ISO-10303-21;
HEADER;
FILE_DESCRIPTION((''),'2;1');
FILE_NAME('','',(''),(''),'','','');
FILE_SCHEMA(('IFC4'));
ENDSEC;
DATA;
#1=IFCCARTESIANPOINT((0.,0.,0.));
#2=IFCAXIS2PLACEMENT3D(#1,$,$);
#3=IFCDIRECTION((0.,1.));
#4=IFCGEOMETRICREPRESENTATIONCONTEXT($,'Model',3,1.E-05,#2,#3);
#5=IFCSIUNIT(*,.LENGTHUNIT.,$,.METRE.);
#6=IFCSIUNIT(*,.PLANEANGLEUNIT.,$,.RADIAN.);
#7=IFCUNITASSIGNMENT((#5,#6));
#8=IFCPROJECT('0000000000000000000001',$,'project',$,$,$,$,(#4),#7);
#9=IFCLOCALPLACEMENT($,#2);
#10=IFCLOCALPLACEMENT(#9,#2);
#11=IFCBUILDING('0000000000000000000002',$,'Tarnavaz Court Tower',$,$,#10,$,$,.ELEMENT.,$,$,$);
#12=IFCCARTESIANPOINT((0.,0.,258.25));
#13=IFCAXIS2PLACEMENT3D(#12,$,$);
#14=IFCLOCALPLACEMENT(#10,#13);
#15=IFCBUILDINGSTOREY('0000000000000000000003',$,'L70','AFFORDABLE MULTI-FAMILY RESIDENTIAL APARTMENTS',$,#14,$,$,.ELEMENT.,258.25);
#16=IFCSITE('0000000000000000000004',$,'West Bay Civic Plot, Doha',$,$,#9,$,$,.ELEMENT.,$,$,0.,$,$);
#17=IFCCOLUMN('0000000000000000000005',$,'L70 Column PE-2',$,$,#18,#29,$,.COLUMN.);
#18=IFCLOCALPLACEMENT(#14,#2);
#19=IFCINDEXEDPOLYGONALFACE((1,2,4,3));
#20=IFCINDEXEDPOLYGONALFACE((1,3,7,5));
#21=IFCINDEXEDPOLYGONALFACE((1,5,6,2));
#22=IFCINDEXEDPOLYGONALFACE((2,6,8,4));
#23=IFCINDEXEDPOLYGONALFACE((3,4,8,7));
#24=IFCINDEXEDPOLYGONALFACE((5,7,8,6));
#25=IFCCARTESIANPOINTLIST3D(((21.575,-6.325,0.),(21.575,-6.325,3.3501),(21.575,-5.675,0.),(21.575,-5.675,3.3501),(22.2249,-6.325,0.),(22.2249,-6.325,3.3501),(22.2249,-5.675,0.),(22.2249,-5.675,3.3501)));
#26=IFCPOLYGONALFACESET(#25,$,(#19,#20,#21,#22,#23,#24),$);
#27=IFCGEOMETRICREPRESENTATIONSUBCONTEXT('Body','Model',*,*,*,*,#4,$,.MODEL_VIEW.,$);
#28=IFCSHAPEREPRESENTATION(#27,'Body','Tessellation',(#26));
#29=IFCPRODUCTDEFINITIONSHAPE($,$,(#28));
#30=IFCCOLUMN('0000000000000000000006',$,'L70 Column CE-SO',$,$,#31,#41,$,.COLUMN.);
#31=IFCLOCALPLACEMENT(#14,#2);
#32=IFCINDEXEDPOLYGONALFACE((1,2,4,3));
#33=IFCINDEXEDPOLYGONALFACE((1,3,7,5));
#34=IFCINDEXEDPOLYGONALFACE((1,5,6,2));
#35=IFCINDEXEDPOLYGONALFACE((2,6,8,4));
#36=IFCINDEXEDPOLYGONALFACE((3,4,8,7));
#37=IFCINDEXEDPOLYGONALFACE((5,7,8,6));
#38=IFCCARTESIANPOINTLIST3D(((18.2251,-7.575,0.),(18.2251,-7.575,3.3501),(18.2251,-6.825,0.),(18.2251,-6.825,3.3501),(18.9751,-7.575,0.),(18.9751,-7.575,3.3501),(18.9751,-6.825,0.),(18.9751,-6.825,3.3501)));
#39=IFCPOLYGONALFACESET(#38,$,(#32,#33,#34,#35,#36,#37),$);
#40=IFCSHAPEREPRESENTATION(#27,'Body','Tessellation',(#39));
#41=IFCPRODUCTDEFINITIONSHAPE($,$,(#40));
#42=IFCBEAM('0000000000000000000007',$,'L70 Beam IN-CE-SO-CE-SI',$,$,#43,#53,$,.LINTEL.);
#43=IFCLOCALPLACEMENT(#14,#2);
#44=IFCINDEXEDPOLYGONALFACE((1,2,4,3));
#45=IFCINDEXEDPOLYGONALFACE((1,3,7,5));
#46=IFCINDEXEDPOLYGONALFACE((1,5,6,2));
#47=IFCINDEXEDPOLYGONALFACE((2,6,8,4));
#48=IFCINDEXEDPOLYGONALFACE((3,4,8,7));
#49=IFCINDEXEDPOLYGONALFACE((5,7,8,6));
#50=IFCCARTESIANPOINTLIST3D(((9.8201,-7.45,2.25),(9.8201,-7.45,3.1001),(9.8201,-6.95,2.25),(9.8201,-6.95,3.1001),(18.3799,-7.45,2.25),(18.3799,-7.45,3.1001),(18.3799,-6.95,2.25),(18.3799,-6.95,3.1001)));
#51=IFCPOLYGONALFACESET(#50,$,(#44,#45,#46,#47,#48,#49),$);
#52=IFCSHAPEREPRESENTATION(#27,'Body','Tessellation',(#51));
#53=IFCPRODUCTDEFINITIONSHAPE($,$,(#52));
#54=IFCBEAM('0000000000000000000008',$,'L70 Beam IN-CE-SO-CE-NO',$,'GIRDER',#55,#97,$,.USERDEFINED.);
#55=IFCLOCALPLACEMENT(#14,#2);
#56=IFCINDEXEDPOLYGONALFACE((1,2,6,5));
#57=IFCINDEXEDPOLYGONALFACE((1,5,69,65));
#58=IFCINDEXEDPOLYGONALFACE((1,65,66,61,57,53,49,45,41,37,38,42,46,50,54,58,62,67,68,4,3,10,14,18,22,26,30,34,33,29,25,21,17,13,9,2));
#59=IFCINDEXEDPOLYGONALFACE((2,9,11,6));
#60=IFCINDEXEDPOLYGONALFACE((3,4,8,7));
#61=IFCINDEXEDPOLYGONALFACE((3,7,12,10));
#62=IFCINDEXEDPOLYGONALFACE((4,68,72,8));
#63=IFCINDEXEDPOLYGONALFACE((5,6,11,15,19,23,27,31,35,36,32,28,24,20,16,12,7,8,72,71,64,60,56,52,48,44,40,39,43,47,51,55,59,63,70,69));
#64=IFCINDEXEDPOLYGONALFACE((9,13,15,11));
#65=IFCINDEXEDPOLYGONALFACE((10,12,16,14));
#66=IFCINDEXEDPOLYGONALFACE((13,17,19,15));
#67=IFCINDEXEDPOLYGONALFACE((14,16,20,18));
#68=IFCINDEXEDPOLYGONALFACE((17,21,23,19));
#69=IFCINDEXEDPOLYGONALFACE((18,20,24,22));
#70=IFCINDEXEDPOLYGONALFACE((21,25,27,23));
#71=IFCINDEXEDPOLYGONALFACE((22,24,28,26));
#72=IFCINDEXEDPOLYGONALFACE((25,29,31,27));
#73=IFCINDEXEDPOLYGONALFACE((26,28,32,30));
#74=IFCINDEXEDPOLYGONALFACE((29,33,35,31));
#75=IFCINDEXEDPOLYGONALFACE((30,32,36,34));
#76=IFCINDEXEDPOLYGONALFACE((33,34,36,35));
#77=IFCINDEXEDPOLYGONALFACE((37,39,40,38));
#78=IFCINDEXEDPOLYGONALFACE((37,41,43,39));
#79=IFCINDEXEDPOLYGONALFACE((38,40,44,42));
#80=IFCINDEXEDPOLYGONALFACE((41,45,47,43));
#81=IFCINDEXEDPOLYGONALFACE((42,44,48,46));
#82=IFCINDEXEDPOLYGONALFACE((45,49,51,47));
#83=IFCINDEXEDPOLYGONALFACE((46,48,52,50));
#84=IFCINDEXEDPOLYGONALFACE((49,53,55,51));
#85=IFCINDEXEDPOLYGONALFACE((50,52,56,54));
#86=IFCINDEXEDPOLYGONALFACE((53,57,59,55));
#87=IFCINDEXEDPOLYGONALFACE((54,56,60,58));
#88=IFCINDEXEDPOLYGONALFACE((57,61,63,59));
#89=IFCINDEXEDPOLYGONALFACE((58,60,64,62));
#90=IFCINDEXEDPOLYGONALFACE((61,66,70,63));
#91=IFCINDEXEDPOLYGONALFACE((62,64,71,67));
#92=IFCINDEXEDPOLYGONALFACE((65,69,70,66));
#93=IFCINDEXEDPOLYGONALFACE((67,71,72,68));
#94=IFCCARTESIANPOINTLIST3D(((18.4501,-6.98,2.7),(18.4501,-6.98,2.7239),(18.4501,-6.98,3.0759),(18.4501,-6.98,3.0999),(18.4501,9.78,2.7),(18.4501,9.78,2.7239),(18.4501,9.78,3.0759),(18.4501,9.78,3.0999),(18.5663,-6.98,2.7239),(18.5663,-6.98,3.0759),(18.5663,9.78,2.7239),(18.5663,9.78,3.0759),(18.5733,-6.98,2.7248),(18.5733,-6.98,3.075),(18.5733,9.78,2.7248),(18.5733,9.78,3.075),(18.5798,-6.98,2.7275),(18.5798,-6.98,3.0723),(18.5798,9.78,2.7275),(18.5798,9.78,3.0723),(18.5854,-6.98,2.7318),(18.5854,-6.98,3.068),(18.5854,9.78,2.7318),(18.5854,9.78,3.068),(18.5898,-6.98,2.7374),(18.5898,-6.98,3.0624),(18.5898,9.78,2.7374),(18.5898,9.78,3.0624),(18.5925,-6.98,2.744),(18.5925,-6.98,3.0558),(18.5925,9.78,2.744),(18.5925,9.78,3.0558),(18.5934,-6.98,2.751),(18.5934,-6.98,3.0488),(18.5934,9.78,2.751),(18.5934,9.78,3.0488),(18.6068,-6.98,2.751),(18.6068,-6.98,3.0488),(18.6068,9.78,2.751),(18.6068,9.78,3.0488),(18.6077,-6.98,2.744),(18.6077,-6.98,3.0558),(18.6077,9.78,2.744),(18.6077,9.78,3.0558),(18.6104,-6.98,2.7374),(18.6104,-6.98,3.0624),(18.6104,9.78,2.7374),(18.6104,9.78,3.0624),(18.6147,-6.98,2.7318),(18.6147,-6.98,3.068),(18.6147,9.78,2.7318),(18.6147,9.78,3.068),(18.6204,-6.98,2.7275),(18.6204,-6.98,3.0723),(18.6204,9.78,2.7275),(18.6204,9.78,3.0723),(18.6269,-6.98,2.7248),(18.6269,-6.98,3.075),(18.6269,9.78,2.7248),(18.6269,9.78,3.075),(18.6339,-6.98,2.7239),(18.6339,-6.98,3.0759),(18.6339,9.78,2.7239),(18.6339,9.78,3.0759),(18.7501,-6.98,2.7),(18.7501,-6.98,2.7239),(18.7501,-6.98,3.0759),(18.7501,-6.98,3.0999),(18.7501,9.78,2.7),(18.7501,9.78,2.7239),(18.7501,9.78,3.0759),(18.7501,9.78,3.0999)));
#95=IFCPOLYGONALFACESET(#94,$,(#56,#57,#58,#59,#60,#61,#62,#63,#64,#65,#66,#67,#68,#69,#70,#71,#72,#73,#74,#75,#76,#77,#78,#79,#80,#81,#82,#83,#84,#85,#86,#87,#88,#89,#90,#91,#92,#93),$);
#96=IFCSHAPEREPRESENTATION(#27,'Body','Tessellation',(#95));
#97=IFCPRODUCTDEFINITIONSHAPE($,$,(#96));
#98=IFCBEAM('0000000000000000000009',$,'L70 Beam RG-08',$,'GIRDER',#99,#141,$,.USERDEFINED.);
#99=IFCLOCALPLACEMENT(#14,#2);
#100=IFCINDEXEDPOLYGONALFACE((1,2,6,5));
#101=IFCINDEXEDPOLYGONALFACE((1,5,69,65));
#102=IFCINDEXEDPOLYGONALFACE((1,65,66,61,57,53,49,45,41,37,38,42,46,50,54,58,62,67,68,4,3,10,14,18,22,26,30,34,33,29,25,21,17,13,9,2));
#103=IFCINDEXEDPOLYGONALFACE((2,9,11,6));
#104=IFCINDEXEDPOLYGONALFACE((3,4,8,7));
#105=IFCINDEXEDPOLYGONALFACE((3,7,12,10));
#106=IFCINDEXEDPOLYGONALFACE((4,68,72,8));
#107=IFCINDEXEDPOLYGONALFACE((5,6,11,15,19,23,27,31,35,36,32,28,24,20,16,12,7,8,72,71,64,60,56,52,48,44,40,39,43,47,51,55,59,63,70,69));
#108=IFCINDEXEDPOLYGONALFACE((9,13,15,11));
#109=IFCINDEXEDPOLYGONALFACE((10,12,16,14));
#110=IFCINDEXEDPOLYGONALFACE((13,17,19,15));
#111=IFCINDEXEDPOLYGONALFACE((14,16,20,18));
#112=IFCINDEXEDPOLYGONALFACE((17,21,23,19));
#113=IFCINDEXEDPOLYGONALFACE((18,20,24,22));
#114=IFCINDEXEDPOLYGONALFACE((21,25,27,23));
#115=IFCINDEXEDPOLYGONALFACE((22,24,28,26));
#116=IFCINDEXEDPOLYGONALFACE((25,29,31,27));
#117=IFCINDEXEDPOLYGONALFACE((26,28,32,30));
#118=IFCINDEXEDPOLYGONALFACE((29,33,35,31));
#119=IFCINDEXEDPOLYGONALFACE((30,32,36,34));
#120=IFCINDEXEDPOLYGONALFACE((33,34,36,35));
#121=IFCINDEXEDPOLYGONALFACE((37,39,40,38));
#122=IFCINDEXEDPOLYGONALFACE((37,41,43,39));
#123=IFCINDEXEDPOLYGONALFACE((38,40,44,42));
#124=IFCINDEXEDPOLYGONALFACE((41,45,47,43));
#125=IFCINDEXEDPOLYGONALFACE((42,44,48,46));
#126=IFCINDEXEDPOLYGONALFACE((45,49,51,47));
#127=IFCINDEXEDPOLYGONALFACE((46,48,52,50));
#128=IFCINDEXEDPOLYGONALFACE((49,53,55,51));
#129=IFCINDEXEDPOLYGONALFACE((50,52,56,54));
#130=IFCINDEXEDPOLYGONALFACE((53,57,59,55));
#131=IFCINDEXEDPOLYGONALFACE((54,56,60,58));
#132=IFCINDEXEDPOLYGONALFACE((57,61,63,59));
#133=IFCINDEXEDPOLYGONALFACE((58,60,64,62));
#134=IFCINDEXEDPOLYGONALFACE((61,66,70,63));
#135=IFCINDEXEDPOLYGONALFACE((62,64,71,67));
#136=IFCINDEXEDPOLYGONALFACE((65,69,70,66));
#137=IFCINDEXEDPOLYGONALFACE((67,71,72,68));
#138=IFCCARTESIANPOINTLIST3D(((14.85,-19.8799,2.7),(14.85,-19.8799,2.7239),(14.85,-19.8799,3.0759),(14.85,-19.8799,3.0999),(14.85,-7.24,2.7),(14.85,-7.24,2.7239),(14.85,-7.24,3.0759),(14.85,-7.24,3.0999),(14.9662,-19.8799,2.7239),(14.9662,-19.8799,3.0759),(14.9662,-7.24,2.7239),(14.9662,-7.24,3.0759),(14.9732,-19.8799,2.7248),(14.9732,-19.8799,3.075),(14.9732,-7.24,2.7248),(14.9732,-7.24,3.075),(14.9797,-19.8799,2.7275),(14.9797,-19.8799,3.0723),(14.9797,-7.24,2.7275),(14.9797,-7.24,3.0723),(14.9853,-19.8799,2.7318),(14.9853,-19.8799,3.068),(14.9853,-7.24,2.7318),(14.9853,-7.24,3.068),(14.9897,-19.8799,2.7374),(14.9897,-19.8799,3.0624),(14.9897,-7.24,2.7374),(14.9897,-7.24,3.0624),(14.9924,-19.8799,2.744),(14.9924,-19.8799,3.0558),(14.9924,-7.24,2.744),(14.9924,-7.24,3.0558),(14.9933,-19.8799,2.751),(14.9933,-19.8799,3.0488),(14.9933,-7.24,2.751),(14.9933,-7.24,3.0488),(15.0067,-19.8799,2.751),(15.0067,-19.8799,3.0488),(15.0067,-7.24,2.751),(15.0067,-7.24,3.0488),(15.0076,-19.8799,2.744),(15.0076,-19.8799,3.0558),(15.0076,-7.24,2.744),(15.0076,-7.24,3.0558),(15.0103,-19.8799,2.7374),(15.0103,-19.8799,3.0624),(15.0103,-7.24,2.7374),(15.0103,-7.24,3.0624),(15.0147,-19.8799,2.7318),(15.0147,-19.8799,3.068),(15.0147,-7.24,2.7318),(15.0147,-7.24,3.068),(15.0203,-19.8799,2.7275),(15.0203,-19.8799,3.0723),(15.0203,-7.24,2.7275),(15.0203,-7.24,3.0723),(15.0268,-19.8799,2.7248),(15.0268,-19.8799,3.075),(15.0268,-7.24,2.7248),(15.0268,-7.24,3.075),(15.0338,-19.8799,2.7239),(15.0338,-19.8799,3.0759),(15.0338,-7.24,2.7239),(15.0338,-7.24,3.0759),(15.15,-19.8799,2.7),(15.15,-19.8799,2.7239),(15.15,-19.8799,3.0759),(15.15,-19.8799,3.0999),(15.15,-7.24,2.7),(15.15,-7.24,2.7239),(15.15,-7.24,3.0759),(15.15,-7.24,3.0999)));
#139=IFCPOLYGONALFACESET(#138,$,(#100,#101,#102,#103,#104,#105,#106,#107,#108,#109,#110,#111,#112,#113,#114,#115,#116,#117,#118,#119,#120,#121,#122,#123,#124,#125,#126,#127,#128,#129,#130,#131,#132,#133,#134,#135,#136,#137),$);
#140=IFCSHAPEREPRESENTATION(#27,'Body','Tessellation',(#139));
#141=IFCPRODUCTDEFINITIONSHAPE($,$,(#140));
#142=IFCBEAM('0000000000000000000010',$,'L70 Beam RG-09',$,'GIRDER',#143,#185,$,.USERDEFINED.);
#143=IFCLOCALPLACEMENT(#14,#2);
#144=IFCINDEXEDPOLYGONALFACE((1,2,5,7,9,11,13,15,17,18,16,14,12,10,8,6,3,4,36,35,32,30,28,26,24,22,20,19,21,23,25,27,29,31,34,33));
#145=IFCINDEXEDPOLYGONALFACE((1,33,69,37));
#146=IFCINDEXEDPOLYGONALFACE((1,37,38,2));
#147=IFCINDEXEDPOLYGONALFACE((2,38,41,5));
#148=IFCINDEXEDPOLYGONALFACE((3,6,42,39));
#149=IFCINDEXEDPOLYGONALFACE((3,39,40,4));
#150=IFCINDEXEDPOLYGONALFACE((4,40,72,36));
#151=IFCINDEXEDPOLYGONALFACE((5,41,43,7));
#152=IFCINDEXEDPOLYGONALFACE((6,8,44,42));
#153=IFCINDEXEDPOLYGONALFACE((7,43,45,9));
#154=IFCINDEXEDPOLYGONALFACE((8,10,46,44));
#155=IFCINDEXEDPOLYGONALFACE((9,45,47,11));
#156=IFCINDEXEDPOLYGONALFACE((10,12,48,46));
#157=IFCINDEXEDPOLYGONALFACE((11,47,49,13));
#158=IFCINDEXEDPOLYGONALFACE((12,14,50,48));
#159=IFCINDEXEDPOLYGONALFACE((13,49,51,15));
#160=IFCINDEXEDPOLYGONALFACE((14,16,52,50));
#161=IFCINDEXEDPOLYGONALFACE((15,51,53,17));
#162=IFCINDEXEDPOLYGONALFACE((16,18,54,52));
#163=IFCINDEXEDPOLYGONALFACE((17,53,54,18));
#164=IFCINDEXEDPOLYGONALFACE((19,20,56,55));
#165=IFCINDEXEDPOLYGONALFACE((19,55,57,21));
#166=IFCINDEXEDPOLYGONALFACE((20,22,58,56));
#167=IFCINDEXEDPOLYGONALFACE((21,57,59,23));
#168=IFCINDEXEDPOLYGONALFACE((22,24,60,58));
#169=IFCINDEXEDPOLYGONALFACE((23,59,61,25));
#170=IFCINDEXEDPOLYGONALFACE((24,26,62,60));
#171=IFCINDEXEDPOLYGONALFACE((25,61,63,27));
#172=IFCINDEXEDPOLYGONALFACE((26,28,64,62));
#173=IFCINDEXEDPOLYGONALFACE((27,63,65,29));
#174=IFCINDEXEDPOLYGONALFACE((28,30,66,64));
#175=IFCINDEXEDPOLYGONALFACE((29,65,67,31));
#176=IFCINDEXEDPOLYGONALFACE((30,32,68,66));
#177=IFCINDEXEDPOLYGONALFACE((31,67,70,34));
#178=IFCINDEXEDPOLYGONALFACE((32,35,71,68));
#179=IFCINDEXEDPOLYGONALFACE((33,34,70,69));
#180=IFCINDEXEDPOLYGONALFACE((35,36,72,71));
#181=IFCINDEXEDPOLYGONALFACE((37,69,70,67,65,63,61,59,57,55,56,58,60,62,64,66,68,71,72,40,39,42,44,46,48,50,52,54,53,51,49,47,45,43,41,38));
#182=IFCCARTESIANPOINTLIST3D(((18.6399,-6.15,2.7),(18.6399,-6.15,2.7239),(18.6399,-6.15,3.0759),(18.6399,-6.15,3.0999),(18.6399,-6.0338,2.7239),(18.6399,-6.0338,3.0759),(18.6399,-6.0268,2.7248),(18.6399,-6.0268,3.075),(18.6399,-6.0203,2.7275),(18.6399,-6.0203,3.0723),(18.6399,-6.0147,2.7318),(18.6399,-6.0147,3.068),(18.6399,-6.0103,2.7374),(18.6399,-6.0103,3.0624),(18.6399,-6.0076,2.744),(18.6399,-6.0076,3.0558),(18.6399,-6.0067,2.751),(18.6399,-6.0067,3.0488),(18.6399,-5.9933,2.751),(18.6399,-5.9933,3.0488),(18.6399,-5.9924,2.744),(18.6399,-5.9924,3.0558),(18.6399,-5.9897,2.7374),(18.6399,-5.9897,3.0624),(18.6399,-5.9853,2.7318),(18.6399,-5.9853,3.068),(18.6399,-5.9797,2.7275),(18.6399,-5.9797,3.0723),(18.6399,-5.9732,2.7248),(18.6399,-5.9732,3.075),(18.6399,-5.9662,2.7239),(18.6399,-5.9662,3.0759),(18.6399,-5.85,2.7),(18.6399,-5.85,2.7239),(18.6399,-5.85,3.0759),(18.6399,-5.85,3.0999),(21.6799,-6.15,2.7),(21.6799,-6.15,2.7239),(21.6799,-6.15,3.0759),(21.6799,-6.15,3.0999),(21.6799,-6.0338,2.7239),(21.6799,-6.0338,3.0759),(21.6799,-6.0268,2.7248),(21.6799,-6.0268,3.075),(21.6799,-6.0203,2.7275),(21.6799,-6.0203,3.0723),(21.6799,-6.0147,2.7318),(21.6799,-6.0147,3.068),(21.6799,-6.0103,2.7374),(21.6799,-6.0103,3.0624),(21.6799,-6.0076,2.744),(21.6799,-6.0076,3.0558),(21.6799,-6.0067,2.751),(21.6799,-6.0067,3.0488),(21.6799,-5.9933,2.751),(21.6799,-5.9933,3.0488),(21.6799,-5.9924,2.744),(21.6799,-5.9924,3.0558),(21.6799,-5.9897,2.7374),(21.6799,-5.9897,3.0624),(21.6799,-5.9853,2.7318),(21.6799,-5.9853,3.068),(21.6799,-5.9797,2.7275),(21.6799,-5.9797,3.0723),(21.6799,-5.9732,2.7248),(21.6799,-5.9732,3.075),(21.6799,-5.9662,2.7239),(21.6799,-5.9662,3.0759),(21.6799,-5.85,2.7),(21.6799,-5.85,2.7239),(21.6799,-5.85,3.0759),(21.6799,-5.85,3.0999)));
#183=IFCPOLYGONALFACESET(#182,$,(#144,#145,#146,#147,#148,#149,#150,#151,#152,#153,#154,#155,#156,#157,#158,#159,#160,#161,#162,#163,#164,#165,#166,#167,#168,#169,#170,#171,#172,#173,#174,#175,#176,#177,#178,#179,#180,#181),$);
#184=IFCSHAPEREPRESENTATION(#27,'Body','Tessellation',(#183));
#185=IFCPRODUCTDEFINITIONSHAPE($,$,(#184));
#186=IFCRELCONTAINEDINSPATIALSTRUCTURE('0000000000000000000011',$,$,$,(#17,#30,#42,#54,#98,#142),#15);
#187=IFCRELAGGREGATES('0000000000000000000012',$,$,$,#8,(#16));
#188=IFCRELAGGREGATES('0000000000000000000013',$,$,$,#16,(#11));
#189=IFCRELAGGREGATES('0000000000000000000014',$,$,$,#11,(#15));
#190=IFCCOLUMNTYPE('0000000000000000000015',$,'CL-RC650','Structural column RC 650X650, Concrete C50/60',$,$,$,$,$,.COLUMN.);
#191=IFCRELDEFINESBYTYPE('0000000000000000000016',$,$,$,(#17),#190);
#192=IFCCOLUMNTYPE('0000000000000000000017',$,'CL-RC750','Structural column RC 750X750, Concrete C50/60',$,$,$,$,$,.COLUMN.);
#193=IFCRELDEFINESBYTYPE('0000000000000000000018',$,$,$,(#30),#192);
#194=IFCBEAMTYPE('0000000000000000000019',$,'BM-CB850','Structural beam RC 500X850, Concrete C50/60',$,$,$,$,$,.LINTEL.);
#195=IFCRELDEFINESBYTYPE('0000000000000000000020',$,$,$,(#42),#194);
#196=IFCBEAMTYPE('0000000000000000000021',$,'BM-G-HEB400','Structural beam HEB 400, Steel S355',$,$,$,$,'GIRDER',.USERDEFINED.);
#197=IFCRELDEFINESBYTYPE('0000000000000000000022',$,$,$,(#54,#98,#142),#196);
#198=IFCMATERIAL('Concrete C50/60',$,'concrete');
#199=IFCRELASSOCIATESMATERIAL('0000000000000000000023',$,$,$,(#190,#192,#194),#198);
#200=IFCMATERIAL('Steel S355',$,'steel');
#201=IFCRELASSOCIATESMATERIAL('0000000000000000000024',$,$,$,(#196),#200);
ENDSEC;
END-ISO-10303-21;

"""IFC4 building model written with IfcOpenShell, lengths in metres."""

from ifc_helpers import new_model, si_unit, direction, frame, origin, origin_2d, place, context, subcontext, project, spatial, rectangle, i_section, extrude, material, material_profile, profile_set, type_object, element, save


model = new_model("IFC4")

# Units and contexts
model_context = context("Model", 3, precision=1e-05, world=origin(), true_north=direction((0.0, 1.0)))
body_context = subcontext(model_context, "Body", "Model", "MODEL_VIEW")
ifc_project = project(units=[si_unit("LENGTHUNIT", "METRE"), si_unit("PLANEANGLEUNIT", "RADIAN")], contexts=[model_context])

# Site, building, storey
site_placement = place(None, origin())
site = spatial("IfcSite", under=ifc_project, at=site_placement, Name="West Bay Civic Plot, Doha", CompositionType="ELEMENT", RefElevation=0.0)
building_placement = place(site_placement, origin())
building = spatial("IfcBuilding", under=site, at=building_placement, Name="Tarnavaz Court Tower", CompositionType="ELEMENT")
storey_placement = place(building_placement, frame((0.0, 0.0, 258.25)))
storey = spatial("IfcBuildingStorey", under=building, at=storey_placement, Name="L70", Description="AFFORDABLE MULTI-FAMILY RESIDENTIAL APARTMENTS", CompositionType="ELEMENT", Elevation=258.25)

# Columns
ifc_material_1 = material(Name="Concrete C50/60", Category="concrete")
ifc_material_profile_1 = material_profile(ifc_material_1, rectangle(XDim=0.6499, YDim=0.6499, at=origin_2d()), Name="RC 650X650")
ifc_profile_set_1 = profile_set([ifc_material_profile_1], Name="Concrete C50/60")
column_type_1 = type_object("IfcColumnType", Name="CL-RC650", Description="Structural column RC 650X650, Concrete C50/60", PredefinedType="COLUMN", material=ifc_profile_set_1)
column_1_placement = place(storey_placement, frame((21.8999, -6.0, 0.0), z_axis=(0.0, 0.0, 1.0), x_axis=(1.0, 0.0, 0.0)))
element("IfcColumn", 1, at=column_1_placement, inside=storey, type_object=column_type_1, Name="L70 Column PE-2", PredefinedType="COLUMN", context=body_context, shape_type="SweptSolid", body=[
    extrude(rectangle(XDim=0.6499, YDim=0.6499, at=origin_2d()), origin(), (0.0, 0.0, 1.0), 3.3501),
])
ifc_material_profile_2 = material_profile(ifc_material_1, rectangle(XDim=0.75, YDim=0.75, at=origin_2d()), Name="RC 750X750")
ifc_profile_set_2 = profile_set([ifc_material_profile_2], Name="Concrete C50/60")
column_type_2 = type_object("IfcColumnType", Name="CL-RC750", Description="Structural column RC 750X750, Concrete C50/60", PredefinedType="COLUMN", material=ifc_profile_set_2)
column_2_placement = place(storey_placement, frame((18.6001, -7.2, 0.0), z_axis=(0.0, 0.0, 1.0), x_axis=(1.0, 0.0, 0.0)))
element("IfcColumn", 2, at=column_2_placement, inside=storey, type_object=column_type_2, Name="L70 Column CE-SO", PredefinedType="COLUMN", context=body_context, shape_type="SweptSolid", body=[
    extrude(rectangle(XDim=0.75, YDim=0.75, at=origin_2d()), origin(), (0.0, 0.0, 1.0), 3.3501),
])

# Beams
ifc_material_profile_3 = material_profile(ifc_material_1, rectangle(XDim=0.5, YDim=0.8501, at=origin_2d()), Name="RC 500X850")
ifc_profile_set_3 = profile_set([ifc_material_profile_3], Name="Concrete C50/60")
beam_type_1 = type_object("IfcBeamType", Name="BM-CB850", Description="Structural beam RC 500X850, Concrete C50/60", PredefinedType="LINTEL", material=ifc_profile_set_3)
beam_1_placement = place(storey_placement, frame((18.3799, -7.2, 2.675), z_axis=(-1.0, 0.0, 0.0), x_axis=(0.0, -1.0, 0.0)))
element("IfcBeam", 3, at=beam_1_placement, inside=storey, type_object=beam_type_1, Name="L70 Beam IN-CE-SO-CE-SI", PredefinedType="LINTEL", context=body_context, shape_type="SweptSolid", body=[
    extrude(rectangle(XDim=0.5, YDim=0.8501, at=origin_2d()), origin(), (0.0, 0.0, 1.0), 8.5598),
])
ifc_material_2 = material(Name="Steel S355", Category="steel")
ifc_material_profile_4 = material_profile(ifc_material_2, i_section(OverallWidth=0.3, OverallDepth=0.3999, WebThickness=0.0134, FlangeThickness=0.0239, FilletRadius=0.0271, at=origin_2d()), Name="HEB 400")
ifc_profile_set_4 = profile_set([ifc_material_profile_4], Name="Steel S355")
beam_type_2 = type_object("IfcBeamType", Name="BM-G-HEB400", Description="Structural beam HEB 400, Steel S355", ElementType="GIRDER", PredefinedType="USERDEFINED", material=ifc_profile_set_4)
beam_2_placement = place(storey_placement, frame((18.6001, -6.98, 2.8999), z_axis=(0.0, 1.0, 0.0), x_axis=(-1.0, 0.0, 0.0)))
element("IfcBeam", 4, at=beam_2_placement, inside=storey, type_object=beam_type_2, Name="L70 Beam IN-CE-SO-CE-NO", ObjectType="GIRDER", PredefinedType="USERDEFINED", context=body_context, shape_type="SweptSolid", body=[
    extrude(i_section(OverallWidth=0.3, OverallDepth=0.3999, WebThickness=0.0134, FlangeThickness=0.0239, FilletRadius=0.0271, at=origin_2d()), origin(), (0.0, 0.0, 1.0), 16.76),
])
beam_3_placement = place(storey_placement, frame((15.0, -7.24, 2.8999), z_axis=(0.0, -1.0, 0.0), x_axis=(1.0, 0.0, 0.0)))
element("IfcBeam", 5, at=beam_3_placement, inside=storey, type_object=beam_type_2, Name="L70 Beam RG-08", ObjectType="GIRDER", PredefinedType="USERDEFINED", context=body_context, shape_type="SweptSolid", body=[
    extrude(i_section(OverallWidth=0.3, OverallDepth=0.3999, WebThickness=0.0134, FlangeThickness=0.0239, FilletRadius=0.0271, at=origin_2d()), origin(), (0.0, 0.0, 1.0), 12.6399),
])
beam_4_placement = place(storey_placement, frame((18.6399, -6.0, 2.8999), z_axis=(1.0, 0.0, 0.0), x_axis=(0.0, 1.0, 0.0)))
element("IfcBeam", 6, at=beam_4_placement, inside=storey, type_object=beam_type_2, Name="L70 Beam RG-09", ObjectType="GIRDER", PredefinedType="USERDEFINED", context=body_context, shape_type="SweptSolid", body=[
    extrude(i_section(OverallWidth=0.3, OverallDepth=0.3999, WebThickness=0.0134, FlangeThickness=0.0239, FilletRadius=0.0271, at=origin_2d()), origin(), (0.0, 0.0, 1.0), 3.04),
])

save(model, "model.ifc")
